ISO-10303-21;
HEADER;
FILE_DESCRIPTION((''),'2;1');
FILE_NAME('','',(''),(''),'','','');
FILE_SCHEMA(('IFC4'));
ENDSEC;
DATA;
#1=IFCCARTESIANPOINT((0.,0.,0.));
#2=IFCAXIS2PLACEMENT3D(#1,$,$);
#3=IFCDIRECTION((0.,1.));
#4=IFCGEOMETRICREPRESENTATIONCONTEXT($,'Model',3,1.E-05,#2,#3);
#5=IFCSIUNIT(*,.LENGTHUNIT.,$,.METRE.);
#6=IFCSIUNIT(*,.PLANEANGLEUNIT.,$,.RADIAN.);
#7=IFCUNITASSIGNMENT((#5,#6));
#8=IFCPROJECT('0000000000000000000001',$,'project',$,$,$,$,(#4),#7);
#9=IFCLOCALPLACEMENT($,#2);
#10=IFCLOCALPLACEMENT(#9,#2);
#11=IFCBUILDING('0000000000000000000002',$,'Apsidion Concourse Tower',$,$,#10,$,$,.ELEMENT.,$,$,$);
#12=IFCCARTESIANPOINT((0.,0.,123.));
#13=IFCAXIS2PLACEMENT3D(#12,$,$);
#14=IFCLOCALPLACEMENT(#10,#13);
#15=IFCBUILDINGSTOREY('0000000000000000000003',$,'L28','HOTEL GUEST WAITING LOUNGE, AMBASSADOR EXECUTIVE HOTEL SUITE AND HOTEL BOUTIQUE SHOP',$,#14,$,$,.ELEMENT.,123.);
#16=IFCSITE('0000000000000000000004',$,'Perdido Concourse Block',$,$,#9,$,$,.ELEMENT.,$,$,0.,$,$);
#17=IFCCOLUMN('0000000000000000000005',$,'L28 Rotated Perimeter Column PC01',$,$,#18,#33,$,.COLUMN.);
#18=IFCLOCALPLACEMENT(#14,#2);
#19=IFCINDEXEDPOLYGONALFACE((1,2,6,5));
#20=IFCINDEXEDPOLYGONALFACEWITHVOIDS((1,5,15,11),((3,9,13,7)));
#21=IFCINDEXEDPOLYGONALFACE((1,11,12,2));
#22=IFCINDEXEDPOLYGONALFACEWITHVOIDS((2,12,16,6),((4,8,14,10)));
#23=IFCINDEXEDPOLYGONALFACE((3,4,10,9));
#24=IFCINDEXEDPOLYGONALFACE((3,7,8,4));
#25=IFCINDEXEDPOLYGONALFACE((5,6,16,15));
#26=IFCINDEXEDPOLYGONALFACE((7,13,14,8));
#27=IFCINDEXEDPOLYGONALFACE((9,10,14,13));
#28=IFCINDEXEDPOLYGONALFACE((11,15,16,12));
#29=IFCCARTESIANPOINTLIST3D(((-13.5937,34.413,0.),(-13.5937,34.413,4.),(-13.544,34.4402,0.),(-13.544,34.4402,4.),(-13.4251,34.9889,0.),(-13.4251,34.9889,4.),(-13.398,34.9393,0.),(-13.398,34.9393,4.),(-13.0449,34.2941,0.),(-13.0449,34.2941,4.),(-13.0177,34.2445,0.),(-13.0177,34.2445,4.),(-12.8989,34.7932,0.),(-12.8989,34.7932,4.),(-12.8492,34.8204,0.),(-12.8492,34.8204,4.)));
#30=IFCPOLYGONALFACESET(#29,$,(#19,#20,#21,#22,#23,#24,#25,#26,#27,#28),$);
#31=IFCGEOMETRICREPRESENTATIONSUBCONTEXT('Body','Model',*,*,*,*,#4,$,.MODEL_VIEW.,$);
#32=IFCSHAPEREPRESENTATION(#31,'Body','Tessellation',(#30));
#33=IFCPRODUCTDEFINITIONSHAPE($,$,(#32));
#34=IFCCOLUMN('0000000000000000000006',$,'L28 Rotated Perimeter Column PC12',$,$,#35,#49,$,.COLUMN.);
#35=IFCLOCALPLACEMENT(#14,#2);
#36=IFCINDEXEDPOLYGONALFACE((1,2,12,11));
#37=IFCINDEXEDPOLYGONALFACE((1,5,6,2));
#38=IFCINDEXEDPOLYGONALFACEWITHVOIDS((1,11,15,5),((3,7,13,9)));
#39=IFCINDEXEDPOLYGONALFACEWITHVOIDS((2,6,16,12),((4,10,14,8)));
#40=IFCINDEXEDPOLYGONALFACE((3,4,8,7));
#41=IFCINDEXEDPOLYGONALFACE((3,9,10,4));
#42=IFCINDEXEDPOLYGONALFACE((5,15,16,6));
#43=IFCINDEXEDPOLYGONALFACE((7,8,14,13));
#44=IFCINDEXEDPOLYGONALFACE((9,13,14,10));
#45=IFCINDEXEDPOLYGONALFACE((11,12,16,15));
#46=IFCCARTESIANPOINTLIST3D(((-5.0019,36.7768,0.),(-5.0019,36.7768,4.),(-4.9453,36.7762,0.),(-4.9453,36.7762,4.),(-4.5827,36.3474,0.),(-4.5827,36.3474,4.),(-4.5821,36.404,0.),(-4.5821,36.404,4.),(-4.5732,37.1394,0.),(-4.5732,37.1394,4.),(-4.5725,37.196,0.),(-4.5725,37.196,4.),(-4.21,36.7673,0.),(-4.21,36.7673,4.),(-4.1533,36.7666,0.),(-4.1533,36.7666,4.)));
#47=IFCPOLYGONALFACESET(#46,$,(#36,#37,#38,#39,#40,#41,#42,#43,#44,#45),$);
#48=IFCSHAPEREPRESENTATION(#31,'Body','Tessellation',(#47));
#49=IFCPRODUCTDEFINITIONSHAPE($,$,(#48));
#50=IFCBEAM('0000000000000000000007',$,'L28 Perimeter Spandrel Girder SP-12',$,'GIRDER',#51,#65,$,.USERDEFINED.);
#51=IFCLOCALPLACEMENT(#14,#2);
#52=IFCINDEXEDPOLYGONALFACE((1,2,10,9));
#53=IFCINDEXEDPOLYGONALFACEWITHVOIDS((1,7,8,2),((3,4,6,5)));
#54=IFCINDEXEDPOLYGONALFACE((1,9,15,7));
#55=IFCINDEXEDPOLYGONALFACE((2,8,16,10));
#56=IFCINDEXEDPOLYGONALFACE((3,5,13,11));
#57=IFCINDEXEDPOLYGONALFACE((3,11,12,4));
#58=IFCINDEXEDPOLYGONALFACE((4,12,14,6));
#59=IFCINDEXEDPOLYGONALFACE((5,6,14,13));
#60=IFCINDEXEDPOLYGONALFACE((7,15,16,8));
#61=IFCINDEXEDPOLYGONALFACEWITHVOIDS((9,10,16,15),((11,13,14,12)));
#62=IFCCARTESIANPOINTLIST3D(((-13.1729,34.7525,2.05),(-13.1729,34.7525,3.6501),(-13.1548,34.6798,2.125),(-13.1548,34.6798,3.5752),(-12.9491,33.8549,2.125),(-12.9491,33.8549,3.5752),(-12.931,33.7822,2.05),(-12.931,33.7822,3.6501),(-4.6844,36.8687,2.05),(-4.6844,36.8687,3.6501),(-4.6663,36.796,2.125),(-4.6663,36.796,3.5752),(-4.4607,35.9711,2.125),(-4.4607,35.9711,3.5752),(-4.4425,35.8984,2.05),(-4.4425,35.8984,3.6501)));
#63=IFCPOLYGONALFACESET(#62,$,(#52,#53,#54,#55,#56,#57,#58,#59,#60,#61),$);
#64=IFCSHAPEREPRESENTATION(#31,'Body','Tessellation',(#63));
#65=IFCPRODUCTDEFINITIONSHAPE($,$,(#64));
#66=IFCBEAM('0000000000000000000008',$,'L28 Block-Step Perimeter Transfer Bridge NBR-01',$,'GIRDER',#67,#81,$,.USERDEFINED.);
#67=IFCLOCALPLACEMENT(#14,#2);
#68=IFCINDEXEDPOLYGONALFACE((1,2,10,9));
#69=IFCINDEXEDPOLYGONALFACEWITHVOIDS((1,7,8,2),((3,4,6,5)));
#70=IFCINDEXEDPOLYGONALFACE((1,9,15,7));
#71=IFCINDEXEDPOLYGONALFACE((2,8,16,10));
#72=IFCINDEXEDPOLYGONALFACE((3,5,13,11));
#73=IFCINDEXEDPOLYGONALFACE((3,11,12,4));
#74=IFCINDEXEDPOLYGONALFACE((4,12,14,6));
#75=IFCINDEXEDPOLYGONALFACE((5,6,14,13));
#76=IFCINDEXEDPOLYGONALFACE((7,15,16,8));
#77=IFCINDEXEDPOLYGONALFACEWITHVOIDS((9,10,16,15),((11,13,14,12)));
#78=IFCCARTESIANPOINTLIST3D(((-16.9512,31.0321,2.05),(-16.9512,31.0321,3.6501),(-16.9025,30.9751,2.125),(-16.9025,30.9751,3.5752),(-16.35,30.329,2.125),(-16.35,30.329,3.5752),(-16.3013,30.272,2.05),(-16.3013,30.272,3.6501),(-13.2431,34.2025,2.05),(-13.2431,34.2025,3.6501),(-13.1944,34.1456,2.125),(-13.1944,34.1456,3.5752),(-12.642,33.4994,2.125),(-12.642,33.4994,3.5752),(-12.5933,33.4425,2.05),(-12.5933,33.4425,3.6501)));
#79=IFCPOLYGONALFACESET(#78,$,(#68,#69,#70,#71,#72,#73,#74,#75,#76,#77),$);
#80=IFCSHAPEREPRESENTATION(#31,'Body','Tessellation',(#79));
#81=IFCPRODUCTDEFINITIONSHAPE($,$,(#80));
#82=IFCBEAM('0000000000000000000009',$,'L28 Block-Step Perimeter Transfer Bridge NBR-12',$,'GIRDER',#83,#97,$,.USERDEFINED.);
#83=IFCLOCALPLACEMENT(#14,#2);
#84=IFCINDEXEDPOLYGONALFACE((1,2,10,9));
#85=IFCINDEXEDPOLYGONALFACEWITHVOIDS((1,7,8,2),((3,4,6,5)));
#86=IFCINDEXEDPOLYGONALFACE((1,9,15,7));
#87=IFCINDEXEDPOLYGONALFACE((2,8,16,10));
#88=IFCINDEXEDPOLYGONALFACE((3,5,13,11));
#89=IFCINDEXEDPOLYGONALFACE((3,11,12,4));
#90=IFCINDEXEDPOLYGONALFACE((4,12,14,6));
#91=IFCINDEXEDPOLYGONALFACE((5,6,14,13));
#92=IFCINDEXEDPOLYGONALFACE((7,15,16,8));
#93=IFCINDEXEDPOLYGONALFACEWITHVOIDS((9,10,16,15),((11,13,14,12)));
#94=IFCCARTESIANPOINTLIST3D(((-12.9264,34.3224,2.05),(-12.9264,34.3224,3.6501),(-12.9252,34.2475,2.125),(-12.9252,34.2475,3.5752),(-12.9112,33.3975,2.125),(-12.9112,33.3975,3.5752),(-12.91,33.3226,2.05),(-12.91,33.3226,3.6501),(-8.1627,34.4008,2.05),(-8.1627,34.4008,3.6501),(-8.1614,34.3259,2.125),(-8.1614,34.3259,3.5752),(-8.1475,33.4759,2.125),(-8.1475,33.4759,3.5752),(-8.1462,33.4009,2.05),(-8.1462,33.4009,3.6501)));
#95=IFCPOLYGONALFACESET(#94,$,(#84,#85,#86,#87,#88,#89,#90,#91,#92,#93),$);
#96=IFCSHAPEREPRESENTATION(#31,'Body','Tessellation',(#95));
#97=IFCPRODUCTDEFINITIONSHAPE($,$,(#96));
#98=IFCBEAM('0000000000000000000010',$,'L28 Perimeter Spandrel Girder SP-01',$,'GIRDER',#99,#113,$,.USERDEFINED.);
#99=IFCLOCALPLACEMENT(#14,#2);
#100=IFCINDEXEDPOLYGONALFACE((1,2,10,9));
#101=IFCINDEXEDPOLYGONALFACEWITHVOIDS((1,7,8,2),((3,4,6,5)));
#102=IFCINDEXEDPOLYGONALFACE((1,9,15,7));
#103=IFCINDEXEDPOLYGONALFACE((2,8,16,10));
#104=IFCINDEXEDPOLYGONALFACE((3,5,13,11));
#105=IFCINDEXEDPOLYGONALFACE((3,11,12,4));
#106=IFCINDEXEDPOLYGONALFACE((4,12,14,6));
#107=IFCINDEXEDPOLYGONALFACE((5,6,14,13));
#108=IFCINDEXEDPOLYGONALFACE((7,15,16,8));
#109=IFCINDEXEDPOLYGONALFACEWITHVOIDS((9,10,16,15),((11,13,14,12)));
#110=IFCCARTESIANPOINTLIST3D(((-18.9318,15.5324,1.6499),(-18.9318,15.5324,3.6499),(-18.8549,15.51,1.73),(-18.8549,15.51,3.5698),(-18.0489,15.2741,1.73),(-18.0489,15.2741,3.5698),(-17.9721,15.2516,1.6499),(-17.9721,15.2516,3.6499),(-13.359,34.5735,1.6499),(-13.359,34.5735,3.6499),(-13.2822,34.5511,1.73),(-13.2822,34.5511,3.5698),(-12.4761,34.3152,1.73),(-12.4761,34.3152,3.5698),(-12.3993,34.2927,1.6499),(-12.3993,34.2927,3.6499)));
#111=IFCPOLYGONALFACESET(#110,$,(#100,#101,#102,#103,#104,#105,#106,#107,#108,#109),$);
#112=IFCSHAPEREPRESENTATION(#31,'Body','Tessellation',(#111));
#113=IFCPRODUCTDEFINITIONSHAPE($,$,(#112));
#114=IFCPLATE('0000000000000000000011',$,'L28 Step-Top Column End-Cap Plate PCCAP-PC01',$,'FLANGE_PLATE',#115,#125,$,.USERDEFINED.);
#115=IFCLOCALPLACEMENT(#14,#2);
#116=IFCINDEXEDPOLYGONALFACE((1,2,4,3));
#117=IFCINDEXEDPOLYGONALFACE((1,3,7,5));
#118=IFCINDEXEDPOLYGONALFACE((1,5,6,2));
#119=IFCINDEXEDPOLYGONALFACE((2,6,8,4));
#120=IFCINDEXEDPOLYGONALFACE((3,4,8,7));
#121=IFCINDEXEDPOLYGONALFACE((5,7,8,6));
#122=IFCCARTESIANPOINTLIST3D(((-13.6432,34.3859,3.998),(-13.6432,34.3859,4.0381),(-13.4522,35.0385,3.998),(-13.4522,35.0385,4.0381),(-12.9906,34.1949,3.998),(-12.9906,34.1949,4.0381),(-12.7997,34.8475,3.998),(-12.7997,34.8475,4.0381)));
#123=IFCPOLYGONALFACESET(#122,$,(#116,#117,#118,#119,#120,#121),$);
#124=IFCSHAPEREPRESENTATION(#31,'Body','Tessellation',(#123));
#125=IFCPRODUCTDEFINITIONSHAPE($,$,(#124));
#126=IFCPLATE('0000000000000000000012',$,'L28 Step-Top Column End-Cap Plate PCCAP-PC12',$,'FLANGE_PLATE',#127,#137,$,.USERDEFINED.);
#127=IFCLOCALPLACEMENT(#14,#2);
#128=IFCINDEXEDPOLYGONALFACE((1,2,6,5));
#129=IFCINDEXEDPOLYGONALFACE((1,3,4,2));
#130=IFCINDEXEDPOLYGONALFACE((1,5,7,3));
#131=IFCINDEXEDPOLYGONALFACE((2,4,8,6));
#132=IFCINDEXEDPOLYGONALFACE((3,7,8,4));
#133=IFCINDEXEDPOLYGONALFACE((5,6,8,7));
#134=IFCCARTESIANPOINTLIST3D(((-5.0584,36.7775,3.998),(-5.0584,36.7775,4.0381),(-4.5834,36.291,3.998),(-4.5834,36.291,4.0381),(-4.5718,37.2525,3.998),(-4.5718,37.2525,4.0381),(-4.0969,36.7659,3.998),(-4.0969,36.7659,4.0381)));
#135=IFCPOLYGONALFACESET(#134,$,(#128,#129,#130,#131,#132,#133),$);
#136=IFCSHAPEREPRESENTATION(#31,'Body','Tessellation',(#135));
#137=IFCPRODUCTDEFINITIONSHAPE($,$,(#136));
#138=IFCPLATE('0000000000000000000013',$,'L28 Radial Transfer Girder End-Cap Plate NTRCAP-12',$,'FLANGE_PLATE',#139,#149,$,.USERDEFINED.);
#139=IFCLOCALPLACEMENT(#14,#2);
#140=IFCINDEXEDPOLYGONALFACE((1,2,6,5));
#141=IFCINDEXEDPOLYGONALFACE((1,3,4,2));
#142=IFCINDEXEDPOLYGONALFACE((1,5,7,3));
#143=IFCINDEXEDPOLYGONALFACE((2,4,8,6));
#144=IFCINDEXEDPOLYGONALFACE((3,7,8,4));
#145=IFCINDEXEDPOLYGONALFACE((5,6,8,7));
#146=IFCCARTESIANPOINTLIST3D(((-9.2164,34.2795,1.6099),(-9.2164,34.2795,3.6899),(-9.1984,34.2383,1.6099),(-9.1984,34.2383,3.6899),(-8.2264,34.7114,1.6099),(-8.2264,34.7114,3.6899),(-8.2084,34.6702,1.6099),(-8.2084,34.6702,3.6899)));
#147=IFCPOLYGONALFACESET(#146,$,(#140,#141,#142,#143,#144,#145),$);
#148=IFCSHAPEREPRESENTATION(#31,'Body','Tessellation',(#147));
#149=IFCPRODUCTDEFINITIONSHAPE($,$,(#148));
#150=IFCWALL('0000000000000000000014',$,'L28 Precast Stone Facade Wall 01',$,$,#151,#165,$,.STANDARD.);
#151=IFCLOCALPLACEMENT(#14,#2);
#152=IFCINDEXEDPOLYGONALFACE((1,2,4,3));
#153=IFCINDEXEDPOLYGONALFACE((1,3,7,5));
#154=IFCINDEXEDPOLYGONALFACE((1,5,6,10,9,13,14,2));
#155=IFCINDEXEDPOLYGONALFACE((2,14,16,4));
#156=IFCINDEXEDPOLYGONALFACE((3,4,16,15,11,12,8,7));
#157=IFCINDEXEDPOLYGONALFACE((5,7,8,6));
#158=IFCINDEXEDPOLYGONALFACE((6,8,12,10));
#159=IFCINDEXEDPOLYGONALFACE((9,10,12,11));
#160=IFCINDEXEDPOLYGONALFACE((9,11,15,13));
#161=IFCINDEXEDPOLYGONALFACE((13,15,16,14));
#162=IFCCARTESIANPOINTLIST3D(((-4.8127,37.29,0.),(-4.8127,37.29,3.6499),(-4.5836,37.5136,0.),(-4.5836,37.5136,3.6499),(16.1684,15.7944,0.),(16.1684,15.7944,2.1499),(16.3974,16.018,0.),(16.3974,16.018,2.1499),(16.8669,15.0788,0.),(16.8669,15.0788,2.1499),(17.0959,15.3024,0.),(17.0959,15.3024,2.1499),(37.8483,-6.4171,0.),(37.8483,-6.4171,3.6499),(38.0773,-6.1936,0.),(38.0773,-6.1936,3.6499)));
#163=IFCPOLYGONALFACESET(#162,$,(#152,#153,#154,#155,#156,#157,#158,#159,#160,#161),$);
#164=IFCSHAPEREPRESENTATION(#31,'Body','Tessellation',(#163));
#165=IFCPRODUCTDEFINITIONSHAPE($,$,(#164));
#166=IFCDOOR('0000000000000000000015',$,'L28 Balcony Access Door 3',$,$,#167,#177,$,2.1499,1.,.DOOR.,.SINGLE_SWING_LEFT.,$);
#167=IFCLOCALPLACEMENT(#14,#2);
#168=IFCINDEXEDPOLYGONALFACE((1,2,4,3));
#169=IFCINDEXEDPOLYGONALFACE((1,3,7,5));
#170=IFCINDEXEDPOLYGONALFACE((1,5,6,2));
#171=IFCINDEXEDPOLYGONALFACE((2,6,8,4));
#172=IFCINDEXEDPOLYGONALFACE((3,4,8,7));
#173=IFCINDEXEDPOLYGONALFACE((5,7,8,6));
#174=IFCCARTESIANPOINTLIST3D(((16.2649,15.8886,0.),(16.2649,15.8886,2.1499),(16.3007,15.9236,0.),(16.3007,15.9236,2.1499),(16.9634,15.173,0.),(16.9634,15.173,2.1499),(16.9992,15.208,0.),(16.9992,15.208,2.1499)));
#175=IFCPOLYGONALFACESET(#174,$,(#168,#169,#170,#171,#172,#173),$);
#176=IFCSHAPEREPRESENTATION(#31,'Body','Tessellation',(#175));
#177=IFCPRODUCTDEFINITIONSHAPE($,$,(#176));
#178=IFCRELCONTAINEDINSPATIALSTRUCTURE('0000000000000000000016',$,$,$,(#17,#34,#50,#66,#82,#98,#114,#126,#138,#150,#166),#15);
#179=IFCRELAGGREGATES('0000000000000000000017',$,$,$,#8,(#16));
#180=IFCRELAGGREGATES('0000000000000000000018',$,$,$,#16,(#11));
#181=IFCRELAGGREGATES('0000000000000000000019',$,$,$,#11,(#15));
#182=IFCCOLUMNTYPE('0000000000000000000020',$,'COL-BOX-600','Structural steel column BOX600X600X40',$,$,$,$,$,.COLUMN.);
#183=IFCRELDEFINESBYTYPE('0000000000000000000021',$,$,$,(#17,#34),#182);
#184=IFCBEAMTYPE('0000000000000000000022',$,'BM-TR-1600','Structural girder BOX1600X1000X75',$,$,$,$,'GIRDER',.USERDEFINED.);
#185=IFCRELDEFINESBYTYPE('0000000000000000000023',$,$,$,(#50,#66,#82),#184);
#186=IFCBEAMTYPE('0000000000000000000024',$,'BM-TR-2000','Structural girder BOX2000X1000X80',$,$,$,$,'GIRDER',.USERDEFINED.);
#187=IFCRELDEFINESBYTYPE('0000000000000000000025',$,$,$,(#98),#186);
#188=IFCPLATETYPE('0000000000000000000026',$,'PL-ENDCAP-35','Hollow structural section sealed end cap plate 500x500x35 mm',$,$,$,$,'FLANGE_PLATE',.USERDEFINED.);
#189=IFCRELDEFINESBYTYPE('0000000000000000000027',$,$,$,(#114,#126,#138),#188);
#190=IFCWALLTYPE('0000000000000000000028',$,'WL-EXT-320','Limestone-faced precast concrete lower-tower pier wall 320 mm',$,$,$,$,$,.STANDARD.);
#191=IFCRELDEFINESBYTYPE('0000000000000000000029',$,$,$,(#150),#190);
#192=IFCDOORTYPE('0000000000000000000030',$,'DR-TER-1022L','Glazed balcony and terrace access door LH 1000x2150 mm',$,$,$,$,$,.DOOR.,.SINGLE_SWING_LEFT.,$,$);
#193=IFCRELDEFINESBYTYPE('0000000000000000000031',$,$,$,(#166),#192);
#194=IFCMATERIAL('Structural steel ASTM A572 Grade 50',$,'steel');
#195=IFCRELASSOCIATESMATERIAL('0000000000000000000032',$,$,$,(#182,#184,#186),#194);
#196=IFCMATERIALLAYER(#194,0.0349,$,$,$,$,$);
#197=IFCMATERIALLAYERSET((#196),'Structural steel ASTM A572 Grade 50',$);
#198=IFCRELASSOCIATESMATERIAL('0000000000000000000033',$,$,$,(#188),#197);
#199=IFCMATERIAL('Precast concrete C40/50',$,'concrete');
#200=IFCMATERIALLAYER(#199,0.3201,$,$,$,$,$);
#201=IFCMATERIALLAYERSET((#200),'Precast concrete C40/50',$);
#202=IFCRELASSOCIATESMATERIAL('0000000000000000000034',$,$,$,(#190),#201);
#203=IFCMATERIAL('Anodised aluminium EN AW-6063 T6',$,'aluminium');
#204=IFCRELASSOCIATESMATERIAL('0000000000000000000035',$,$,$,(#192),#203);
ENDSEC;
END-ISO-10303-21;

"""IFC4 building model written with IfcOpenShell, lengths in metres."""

from ifc_helpers import new_model, si_unit, direction, frame, frame_2d, origin, origin_2d, place, context, subcontext, project, spatial, rectangle, hollow_rectangle, extrude, material, layer, layer_set, material_profile, profile_set, type_object, element, fill, save


model = new_model("IFC4")

# Units and contexts
model_context = context("Model", 3, precision=1e-05, world=origin(), true_north=direction((0.0, 1.0)))
body_context = subcontext(model_context, "Body", "Model", "MODEL_VIEW")
ifc_project = project(units=[si_unit("LENGTHUNIT", "METRE"), si_unit("PLANEANGLEUNIT", "RADIAN")], contexts=[model_context])

# Site, building, storey
site_placement = place(None, origin())
site = spatial("IfcSite", under=ifc_project, at=site_placement, Name="Perdido Concourse Block", CompositionType="ELEMENT", RefElevation=0.0)
building_placement = place(site_placement, origin())
building = spatial("IfcBuilding", under=site, at=building_placement, Name="Apsidion Concourse Tower", CompositionType="ELEMENT")
storey_placement = place(building_placement, frame((0.0, 0.0, 123.0)))
storey = spatial("IfcBuildingStorey", under=building, at=storey_placement, Name="L28", Description="HOTEL GUEST WAITING LOUNGE, AMBASSADOR EXECUTIVE HOTEL SUITE AND HOTEL BOUTIQUE SHOP", CompositionType="ELEMENT", Elevation=123.0)

# Columns
ifc_material_1 = material(Name="Structural steel ASTM A572 Grade 50", Category="steel")
ifc_material_profile_1 = material_profile(ifc_material_1, hollow_rectangle(XDim=0.6001, YDim=0.6001, WallThickness=0.04, at=origin_2d()), Name="BOX600X600X40")
ifc_profile_set_1 = profile_set([ifc_material_profile_1], Name="Structural steel ASTM A572 Grade 50")
column_type = type_object("IfcColumnType", Name="COL-BOX-600", Description="Structural steel column BOX600X600X40", PredefinedType="COLUMN", material=ifc_profile_set_1)
for number, where, z_axis, x_axis, name in (
    (1, (-13.2214, 34.6167, 0.0), (0.0, 0.0, 1.0), (0.280834, 0.959756, 0.0), "L28 Rotated Perimeter Column PC01"),
    (2, (-4.5776, 36.7717, 0.0), (0.0, 0.0, 1.0), (-0.69854, 0.715571, 0.0), "L28 Rotated Perimeter Column PC12"),
):
    element("IfcColumn", number, at=place(storey_placement, frame(where, z_axis=z_axis, x_axis=x_axis)), inside=storey, type_object=column_type, Name=name, PredefinedType="COLUMN", context=body_context, shape_type="SweptSolid", body=[
        extrude(hollow_rectangle(XDim=0.6001, YDim=0.6001, WallThickness=0.04, at=origin_2d()), origin(), (0.0, 0.0, 1.0), 4.0),
    ])

# Beams
ifc_material_profile_2 = material_profile(ifc_material_1, hollow_rectangle(XDim=1.0, YDim=1.6001, WallThickness=0.075, at=origin_2d()), Name="BOX1600X1000X75")
ifc_profile_set_2 = profile_set([ifc_material_profile_2], Name="Structural steel ASTM A572 Grade 50")
beam_type_1 = type_object("IfcBeamType", Name="BM-TR-1600", Description="Structural girder BOX1600X1000X75", ElementType="GIRDER", PredefinedType="USERDEFINED", material=ifc_profile_set_2)
beam_1_placement = place(storey_placement, frame((-4.5635, 36.3835, 2.8501), z_axis=(-0.970302, -0.241899, 0.0), x_axis=(0.241899, -0.970302, 0.0)))
element("IfcBeam", 3, at=beam_1_placement, inside=storey, type_object=beam_type_1, Name="L28 Perimeter Spandrel Girder SP-12", ObjectType="GIRDER", PredefinedType="USERDEFINED", context=body_context, shape_type="SweptSolid", body=[
    extrude(hollow_rectangle(XDim=1.0, YDim=1.6001, WallThickness=0.075, at=origin_2d()), origin(), (0.0, 0.0, 1.0), 8.7483),
])
beam_2_placement = place(storey_placement, frame((-12.9182, 33.8225, 2.8501), z_axis=(-0.760054, -0.649859, 0.0), x_axis=(0.649859, -0.760054, 0.0)))
element("IfcBeam", 4, at=beam_2_placement, inside=storey, type_object=beam_type_1, Name="L28 Block-Step Perimeter Transfer Bridge NBR-01", ObjectType="GIRDER", PredefinedType="USERDEFINED", context=body_context, shape_type="SweptSolid", body=[
    extrude(hollow_rectangle(XDim=1.0, YDim=1.6001, WallThickness=0.075, at=origin_2d()), origin(), (0.0, 0.0, 1.0), 4.8787),
])
beam_3_placement = place(storey_placement, frame((-12.9182, 33.8225, 2.8501), z_axis=(0.999865, 0.016449, 0.0), x_axis=(-0.016449, 0.999865, 0.0)))
element("IfcBeam", 5, at=beam_3_placement, inside=storey, type_object=beam_type_1, Name="L28 Block-Step Perimeter Transfer Bridge NBR-12", ObjectType="GIRDER", PredefinedType="USERDEFINED", context=body_context, shape_type="SweptSolid", body=[
    extrude(hollow_rectangle(XDim=1.0, YDim=1.6001, WallThickness=0.075, at=origin_2d()), origin(), (0.0, 0.0, 1.0), 4.7644),
])
ifc_material_profile_3 = material_profile(ifc_material_1, hollow_rectangle(XDim=1.0, YDim=2.0, WallThickness=0.0801, at=origin_2d()), Name="BOX2000X1000X80")
ifc_profile_set_3 = profile_set([ifc_material_profile_3], Name="Structural steel ASTM A572 Grade 50")
beam_type_2 = type_object("IfcBeamType", Name="BM-TR-2000", Description="Structural girder BOX2000X1000X80", ElementType="GIRDER", PredefinedType="USERDEFINED", material=ifc_profile_set_3)
beam_4_placement = place(storey_placement, frame((-12.8792, 34.4331, 2.6499), z_axis=(-0.280888, -0.95974, 0.0), x_axis=(0.95974, -0.280888, 0.0)))
element("IfcBeam", 6, at=beam_4_placement, inside=storey, type_object=beam_type_2, Name="L28 Perimeter Spandrel Girder SP-01", ObjectType="GIRDER", PredefinedType="USERDEFINED", context=body_context, shape_type="SweptSolid", body=[
    extrude(hollow_rectangle(XDim=1.0, YDim=2.0, WallThickness=0.0801, at=origin_2d()), origin(), (0.0, 0.0, 1.0), 19.8398),
])

# Plates
ifc_layer_1 = layer(ifc_material_1, 0.0349)
ifc_layer_set_1 = layer_set([ifc_layer_1], Name="Structural steel ASTM A572 Grade 50")
plate_type = type_object("IfcPlateType", Name="PL-ENDCAP-35", Description="Hollow structural section sealed end cap plate 500x500x35 mm", ElementType="FLANGE_PLATE", PredefinedType="USERDEFINED", material=ifc_layer_set_1)
for number, where, z_axis, x_axis, name in (
    (7, (-13.2214, 34.6167, 3.998), (0.0, 0.0, 1.0), (0.280834, 0.959756, 0.0), "L28 Step-Top Column End-Cap Plate PCCAP-PC01"),
    (8, (-4.5776, 36.7717, 3.998), (0.0, 0.0, 1.0), (-0.69854, 0.715571, 0.0), "L28 Step-Top Column End-Cap Plate PCCAP-PC12"),
):
    element("IfcPlate", number, at=place(storey_placement, frame(where, z_axis=z_axis, x_axis=x_axis)), inside=storey, type_object=plate_type, Name=name, ObjectType="FLANGE_PLATE", PredefinedType="USERDEFINED", context=body_context, shape_type="SweptSolid", body=[
        extrude(rectangle(XDim=0.6799, YDim=0.6799, at=origin_2d()), origin(), (0.0, 0.0, 1.0), 0.04),
    ])
plate_placement = place(storey_placement, frame((-8.7124, 34.4749, 1.6099), z_axis=(0.0, 0.0, 1.0), x_axis=(-0.399869, 0.916572, 0.0)))
element("IfcPlate", 9, at=plate_placement, inside=storey, type_object=plate_type, Name="L28 Radial Transfer Girder End-Cap Plate NTRCAP-12", ObjectType="FLANGE_PLATE", PredefinedType="USERDEFINED", context=body_context, shape_type="SweptSolid", body=[
    extrude(rectangle(XDim=0.0449, YDim=1.0801, at=origin_2d()), origin(), (0.0, 0.0, 1.0), 2.0801),
])

# Wall, opening, door
ifc_material_2 = material(Name="Precast concrete C40/50", Category="concrete")
ifc_layer_2 = layer(ifc_material_2, 0.3201)
ifc_layer_set_2 = layer_set([ifc_layer_2], Name="Precast concrete C40/50")
wall_type = type_object("IfcWallType", Name="WL-EXT-320", Description="Limestone-faced precast concrete lower-tower pier wall 320 mm", PredefinedType="STANDARD", material=ifc_layer_set_2)
wall_1_placement = place(storey_placement, frame((-4.6982, 37.4019, 0.0), z_axis=(0.0, 0.0, 1.0), x_axis=(0.698491, -0.715619, 0.0)))
wall_1 = element("IfcWall", 10, at=wall_1_placement, inside=storey, type_object=wall_type, Name="L28 Precast Stone Facade Wall 01", PredefinedType="STANDARD", context=body_context, shape_type="SweptSolid", body=[
    extrude(rectangle(XDim=61.0759, YDim=0.3201, at=frame_2d((30.5381, 0.0))), origin(), (0.0, 0.0, 1.0), 3.6499),
])
opening_placement = place(wall_1_placement, frame((30.0378, 0.0, 0.0)))
opening = element("IfcOpeningElement", 11, at=opening_placement, cuts=wall_1, PredefinedType="OPENING", context=body_context, shape_type="SweptSolid", body=[
    extrude(rectangle(XDim=1.0, YDim=2.1499, at=frame_2d((0.5, 1.075))), frame((0.0, 0.1699, 0.0), z_axis=(0.0, -1.0, 0.0), x_axis=(1.0, 0.0, 0.0)), (0.0, 0.0, 1.0), 0.3401),
])
ifc_material_3 = material(Name="Anodised aluminium EN AW-6063 T6", Category="aluminium")
door_type = type_object("IfcDoorType", Name="DR-TER-1022L", Description="Glazed balcony and terrace access door LH 1000x2150 mm", OperationType="SINGLE_SWING_LEFT", PredefinedType="DOOR", material=ifc_material_3)
door_placement = place(opening_placement, origin())
door = element("IfcDoor", 12, at=door_placement, inside=storey, type_object=door_type, Name="L28 Balcony Access Door 3", OperationType="SINGLE_SWING_LEFT", OverallHeight=2.1499, OverallWidth=1.0, PredefinedType="DOOR", context=body_context, shape_type="SweptSolid", body=[
    extrude(rectangle(XDim=1.0, YDim=2.1499, at=frame_2d((0.5, 1.075))), frame((0.0, 0.0249, 0.0), z_axis=(0.0, -1.0, 0.0), x_axis=(1.0, 0.0, 0.0)), (0.0, 0.0, 1.0), 0.05),
])
fill(opening, door)

save(model, "model.ifc")
